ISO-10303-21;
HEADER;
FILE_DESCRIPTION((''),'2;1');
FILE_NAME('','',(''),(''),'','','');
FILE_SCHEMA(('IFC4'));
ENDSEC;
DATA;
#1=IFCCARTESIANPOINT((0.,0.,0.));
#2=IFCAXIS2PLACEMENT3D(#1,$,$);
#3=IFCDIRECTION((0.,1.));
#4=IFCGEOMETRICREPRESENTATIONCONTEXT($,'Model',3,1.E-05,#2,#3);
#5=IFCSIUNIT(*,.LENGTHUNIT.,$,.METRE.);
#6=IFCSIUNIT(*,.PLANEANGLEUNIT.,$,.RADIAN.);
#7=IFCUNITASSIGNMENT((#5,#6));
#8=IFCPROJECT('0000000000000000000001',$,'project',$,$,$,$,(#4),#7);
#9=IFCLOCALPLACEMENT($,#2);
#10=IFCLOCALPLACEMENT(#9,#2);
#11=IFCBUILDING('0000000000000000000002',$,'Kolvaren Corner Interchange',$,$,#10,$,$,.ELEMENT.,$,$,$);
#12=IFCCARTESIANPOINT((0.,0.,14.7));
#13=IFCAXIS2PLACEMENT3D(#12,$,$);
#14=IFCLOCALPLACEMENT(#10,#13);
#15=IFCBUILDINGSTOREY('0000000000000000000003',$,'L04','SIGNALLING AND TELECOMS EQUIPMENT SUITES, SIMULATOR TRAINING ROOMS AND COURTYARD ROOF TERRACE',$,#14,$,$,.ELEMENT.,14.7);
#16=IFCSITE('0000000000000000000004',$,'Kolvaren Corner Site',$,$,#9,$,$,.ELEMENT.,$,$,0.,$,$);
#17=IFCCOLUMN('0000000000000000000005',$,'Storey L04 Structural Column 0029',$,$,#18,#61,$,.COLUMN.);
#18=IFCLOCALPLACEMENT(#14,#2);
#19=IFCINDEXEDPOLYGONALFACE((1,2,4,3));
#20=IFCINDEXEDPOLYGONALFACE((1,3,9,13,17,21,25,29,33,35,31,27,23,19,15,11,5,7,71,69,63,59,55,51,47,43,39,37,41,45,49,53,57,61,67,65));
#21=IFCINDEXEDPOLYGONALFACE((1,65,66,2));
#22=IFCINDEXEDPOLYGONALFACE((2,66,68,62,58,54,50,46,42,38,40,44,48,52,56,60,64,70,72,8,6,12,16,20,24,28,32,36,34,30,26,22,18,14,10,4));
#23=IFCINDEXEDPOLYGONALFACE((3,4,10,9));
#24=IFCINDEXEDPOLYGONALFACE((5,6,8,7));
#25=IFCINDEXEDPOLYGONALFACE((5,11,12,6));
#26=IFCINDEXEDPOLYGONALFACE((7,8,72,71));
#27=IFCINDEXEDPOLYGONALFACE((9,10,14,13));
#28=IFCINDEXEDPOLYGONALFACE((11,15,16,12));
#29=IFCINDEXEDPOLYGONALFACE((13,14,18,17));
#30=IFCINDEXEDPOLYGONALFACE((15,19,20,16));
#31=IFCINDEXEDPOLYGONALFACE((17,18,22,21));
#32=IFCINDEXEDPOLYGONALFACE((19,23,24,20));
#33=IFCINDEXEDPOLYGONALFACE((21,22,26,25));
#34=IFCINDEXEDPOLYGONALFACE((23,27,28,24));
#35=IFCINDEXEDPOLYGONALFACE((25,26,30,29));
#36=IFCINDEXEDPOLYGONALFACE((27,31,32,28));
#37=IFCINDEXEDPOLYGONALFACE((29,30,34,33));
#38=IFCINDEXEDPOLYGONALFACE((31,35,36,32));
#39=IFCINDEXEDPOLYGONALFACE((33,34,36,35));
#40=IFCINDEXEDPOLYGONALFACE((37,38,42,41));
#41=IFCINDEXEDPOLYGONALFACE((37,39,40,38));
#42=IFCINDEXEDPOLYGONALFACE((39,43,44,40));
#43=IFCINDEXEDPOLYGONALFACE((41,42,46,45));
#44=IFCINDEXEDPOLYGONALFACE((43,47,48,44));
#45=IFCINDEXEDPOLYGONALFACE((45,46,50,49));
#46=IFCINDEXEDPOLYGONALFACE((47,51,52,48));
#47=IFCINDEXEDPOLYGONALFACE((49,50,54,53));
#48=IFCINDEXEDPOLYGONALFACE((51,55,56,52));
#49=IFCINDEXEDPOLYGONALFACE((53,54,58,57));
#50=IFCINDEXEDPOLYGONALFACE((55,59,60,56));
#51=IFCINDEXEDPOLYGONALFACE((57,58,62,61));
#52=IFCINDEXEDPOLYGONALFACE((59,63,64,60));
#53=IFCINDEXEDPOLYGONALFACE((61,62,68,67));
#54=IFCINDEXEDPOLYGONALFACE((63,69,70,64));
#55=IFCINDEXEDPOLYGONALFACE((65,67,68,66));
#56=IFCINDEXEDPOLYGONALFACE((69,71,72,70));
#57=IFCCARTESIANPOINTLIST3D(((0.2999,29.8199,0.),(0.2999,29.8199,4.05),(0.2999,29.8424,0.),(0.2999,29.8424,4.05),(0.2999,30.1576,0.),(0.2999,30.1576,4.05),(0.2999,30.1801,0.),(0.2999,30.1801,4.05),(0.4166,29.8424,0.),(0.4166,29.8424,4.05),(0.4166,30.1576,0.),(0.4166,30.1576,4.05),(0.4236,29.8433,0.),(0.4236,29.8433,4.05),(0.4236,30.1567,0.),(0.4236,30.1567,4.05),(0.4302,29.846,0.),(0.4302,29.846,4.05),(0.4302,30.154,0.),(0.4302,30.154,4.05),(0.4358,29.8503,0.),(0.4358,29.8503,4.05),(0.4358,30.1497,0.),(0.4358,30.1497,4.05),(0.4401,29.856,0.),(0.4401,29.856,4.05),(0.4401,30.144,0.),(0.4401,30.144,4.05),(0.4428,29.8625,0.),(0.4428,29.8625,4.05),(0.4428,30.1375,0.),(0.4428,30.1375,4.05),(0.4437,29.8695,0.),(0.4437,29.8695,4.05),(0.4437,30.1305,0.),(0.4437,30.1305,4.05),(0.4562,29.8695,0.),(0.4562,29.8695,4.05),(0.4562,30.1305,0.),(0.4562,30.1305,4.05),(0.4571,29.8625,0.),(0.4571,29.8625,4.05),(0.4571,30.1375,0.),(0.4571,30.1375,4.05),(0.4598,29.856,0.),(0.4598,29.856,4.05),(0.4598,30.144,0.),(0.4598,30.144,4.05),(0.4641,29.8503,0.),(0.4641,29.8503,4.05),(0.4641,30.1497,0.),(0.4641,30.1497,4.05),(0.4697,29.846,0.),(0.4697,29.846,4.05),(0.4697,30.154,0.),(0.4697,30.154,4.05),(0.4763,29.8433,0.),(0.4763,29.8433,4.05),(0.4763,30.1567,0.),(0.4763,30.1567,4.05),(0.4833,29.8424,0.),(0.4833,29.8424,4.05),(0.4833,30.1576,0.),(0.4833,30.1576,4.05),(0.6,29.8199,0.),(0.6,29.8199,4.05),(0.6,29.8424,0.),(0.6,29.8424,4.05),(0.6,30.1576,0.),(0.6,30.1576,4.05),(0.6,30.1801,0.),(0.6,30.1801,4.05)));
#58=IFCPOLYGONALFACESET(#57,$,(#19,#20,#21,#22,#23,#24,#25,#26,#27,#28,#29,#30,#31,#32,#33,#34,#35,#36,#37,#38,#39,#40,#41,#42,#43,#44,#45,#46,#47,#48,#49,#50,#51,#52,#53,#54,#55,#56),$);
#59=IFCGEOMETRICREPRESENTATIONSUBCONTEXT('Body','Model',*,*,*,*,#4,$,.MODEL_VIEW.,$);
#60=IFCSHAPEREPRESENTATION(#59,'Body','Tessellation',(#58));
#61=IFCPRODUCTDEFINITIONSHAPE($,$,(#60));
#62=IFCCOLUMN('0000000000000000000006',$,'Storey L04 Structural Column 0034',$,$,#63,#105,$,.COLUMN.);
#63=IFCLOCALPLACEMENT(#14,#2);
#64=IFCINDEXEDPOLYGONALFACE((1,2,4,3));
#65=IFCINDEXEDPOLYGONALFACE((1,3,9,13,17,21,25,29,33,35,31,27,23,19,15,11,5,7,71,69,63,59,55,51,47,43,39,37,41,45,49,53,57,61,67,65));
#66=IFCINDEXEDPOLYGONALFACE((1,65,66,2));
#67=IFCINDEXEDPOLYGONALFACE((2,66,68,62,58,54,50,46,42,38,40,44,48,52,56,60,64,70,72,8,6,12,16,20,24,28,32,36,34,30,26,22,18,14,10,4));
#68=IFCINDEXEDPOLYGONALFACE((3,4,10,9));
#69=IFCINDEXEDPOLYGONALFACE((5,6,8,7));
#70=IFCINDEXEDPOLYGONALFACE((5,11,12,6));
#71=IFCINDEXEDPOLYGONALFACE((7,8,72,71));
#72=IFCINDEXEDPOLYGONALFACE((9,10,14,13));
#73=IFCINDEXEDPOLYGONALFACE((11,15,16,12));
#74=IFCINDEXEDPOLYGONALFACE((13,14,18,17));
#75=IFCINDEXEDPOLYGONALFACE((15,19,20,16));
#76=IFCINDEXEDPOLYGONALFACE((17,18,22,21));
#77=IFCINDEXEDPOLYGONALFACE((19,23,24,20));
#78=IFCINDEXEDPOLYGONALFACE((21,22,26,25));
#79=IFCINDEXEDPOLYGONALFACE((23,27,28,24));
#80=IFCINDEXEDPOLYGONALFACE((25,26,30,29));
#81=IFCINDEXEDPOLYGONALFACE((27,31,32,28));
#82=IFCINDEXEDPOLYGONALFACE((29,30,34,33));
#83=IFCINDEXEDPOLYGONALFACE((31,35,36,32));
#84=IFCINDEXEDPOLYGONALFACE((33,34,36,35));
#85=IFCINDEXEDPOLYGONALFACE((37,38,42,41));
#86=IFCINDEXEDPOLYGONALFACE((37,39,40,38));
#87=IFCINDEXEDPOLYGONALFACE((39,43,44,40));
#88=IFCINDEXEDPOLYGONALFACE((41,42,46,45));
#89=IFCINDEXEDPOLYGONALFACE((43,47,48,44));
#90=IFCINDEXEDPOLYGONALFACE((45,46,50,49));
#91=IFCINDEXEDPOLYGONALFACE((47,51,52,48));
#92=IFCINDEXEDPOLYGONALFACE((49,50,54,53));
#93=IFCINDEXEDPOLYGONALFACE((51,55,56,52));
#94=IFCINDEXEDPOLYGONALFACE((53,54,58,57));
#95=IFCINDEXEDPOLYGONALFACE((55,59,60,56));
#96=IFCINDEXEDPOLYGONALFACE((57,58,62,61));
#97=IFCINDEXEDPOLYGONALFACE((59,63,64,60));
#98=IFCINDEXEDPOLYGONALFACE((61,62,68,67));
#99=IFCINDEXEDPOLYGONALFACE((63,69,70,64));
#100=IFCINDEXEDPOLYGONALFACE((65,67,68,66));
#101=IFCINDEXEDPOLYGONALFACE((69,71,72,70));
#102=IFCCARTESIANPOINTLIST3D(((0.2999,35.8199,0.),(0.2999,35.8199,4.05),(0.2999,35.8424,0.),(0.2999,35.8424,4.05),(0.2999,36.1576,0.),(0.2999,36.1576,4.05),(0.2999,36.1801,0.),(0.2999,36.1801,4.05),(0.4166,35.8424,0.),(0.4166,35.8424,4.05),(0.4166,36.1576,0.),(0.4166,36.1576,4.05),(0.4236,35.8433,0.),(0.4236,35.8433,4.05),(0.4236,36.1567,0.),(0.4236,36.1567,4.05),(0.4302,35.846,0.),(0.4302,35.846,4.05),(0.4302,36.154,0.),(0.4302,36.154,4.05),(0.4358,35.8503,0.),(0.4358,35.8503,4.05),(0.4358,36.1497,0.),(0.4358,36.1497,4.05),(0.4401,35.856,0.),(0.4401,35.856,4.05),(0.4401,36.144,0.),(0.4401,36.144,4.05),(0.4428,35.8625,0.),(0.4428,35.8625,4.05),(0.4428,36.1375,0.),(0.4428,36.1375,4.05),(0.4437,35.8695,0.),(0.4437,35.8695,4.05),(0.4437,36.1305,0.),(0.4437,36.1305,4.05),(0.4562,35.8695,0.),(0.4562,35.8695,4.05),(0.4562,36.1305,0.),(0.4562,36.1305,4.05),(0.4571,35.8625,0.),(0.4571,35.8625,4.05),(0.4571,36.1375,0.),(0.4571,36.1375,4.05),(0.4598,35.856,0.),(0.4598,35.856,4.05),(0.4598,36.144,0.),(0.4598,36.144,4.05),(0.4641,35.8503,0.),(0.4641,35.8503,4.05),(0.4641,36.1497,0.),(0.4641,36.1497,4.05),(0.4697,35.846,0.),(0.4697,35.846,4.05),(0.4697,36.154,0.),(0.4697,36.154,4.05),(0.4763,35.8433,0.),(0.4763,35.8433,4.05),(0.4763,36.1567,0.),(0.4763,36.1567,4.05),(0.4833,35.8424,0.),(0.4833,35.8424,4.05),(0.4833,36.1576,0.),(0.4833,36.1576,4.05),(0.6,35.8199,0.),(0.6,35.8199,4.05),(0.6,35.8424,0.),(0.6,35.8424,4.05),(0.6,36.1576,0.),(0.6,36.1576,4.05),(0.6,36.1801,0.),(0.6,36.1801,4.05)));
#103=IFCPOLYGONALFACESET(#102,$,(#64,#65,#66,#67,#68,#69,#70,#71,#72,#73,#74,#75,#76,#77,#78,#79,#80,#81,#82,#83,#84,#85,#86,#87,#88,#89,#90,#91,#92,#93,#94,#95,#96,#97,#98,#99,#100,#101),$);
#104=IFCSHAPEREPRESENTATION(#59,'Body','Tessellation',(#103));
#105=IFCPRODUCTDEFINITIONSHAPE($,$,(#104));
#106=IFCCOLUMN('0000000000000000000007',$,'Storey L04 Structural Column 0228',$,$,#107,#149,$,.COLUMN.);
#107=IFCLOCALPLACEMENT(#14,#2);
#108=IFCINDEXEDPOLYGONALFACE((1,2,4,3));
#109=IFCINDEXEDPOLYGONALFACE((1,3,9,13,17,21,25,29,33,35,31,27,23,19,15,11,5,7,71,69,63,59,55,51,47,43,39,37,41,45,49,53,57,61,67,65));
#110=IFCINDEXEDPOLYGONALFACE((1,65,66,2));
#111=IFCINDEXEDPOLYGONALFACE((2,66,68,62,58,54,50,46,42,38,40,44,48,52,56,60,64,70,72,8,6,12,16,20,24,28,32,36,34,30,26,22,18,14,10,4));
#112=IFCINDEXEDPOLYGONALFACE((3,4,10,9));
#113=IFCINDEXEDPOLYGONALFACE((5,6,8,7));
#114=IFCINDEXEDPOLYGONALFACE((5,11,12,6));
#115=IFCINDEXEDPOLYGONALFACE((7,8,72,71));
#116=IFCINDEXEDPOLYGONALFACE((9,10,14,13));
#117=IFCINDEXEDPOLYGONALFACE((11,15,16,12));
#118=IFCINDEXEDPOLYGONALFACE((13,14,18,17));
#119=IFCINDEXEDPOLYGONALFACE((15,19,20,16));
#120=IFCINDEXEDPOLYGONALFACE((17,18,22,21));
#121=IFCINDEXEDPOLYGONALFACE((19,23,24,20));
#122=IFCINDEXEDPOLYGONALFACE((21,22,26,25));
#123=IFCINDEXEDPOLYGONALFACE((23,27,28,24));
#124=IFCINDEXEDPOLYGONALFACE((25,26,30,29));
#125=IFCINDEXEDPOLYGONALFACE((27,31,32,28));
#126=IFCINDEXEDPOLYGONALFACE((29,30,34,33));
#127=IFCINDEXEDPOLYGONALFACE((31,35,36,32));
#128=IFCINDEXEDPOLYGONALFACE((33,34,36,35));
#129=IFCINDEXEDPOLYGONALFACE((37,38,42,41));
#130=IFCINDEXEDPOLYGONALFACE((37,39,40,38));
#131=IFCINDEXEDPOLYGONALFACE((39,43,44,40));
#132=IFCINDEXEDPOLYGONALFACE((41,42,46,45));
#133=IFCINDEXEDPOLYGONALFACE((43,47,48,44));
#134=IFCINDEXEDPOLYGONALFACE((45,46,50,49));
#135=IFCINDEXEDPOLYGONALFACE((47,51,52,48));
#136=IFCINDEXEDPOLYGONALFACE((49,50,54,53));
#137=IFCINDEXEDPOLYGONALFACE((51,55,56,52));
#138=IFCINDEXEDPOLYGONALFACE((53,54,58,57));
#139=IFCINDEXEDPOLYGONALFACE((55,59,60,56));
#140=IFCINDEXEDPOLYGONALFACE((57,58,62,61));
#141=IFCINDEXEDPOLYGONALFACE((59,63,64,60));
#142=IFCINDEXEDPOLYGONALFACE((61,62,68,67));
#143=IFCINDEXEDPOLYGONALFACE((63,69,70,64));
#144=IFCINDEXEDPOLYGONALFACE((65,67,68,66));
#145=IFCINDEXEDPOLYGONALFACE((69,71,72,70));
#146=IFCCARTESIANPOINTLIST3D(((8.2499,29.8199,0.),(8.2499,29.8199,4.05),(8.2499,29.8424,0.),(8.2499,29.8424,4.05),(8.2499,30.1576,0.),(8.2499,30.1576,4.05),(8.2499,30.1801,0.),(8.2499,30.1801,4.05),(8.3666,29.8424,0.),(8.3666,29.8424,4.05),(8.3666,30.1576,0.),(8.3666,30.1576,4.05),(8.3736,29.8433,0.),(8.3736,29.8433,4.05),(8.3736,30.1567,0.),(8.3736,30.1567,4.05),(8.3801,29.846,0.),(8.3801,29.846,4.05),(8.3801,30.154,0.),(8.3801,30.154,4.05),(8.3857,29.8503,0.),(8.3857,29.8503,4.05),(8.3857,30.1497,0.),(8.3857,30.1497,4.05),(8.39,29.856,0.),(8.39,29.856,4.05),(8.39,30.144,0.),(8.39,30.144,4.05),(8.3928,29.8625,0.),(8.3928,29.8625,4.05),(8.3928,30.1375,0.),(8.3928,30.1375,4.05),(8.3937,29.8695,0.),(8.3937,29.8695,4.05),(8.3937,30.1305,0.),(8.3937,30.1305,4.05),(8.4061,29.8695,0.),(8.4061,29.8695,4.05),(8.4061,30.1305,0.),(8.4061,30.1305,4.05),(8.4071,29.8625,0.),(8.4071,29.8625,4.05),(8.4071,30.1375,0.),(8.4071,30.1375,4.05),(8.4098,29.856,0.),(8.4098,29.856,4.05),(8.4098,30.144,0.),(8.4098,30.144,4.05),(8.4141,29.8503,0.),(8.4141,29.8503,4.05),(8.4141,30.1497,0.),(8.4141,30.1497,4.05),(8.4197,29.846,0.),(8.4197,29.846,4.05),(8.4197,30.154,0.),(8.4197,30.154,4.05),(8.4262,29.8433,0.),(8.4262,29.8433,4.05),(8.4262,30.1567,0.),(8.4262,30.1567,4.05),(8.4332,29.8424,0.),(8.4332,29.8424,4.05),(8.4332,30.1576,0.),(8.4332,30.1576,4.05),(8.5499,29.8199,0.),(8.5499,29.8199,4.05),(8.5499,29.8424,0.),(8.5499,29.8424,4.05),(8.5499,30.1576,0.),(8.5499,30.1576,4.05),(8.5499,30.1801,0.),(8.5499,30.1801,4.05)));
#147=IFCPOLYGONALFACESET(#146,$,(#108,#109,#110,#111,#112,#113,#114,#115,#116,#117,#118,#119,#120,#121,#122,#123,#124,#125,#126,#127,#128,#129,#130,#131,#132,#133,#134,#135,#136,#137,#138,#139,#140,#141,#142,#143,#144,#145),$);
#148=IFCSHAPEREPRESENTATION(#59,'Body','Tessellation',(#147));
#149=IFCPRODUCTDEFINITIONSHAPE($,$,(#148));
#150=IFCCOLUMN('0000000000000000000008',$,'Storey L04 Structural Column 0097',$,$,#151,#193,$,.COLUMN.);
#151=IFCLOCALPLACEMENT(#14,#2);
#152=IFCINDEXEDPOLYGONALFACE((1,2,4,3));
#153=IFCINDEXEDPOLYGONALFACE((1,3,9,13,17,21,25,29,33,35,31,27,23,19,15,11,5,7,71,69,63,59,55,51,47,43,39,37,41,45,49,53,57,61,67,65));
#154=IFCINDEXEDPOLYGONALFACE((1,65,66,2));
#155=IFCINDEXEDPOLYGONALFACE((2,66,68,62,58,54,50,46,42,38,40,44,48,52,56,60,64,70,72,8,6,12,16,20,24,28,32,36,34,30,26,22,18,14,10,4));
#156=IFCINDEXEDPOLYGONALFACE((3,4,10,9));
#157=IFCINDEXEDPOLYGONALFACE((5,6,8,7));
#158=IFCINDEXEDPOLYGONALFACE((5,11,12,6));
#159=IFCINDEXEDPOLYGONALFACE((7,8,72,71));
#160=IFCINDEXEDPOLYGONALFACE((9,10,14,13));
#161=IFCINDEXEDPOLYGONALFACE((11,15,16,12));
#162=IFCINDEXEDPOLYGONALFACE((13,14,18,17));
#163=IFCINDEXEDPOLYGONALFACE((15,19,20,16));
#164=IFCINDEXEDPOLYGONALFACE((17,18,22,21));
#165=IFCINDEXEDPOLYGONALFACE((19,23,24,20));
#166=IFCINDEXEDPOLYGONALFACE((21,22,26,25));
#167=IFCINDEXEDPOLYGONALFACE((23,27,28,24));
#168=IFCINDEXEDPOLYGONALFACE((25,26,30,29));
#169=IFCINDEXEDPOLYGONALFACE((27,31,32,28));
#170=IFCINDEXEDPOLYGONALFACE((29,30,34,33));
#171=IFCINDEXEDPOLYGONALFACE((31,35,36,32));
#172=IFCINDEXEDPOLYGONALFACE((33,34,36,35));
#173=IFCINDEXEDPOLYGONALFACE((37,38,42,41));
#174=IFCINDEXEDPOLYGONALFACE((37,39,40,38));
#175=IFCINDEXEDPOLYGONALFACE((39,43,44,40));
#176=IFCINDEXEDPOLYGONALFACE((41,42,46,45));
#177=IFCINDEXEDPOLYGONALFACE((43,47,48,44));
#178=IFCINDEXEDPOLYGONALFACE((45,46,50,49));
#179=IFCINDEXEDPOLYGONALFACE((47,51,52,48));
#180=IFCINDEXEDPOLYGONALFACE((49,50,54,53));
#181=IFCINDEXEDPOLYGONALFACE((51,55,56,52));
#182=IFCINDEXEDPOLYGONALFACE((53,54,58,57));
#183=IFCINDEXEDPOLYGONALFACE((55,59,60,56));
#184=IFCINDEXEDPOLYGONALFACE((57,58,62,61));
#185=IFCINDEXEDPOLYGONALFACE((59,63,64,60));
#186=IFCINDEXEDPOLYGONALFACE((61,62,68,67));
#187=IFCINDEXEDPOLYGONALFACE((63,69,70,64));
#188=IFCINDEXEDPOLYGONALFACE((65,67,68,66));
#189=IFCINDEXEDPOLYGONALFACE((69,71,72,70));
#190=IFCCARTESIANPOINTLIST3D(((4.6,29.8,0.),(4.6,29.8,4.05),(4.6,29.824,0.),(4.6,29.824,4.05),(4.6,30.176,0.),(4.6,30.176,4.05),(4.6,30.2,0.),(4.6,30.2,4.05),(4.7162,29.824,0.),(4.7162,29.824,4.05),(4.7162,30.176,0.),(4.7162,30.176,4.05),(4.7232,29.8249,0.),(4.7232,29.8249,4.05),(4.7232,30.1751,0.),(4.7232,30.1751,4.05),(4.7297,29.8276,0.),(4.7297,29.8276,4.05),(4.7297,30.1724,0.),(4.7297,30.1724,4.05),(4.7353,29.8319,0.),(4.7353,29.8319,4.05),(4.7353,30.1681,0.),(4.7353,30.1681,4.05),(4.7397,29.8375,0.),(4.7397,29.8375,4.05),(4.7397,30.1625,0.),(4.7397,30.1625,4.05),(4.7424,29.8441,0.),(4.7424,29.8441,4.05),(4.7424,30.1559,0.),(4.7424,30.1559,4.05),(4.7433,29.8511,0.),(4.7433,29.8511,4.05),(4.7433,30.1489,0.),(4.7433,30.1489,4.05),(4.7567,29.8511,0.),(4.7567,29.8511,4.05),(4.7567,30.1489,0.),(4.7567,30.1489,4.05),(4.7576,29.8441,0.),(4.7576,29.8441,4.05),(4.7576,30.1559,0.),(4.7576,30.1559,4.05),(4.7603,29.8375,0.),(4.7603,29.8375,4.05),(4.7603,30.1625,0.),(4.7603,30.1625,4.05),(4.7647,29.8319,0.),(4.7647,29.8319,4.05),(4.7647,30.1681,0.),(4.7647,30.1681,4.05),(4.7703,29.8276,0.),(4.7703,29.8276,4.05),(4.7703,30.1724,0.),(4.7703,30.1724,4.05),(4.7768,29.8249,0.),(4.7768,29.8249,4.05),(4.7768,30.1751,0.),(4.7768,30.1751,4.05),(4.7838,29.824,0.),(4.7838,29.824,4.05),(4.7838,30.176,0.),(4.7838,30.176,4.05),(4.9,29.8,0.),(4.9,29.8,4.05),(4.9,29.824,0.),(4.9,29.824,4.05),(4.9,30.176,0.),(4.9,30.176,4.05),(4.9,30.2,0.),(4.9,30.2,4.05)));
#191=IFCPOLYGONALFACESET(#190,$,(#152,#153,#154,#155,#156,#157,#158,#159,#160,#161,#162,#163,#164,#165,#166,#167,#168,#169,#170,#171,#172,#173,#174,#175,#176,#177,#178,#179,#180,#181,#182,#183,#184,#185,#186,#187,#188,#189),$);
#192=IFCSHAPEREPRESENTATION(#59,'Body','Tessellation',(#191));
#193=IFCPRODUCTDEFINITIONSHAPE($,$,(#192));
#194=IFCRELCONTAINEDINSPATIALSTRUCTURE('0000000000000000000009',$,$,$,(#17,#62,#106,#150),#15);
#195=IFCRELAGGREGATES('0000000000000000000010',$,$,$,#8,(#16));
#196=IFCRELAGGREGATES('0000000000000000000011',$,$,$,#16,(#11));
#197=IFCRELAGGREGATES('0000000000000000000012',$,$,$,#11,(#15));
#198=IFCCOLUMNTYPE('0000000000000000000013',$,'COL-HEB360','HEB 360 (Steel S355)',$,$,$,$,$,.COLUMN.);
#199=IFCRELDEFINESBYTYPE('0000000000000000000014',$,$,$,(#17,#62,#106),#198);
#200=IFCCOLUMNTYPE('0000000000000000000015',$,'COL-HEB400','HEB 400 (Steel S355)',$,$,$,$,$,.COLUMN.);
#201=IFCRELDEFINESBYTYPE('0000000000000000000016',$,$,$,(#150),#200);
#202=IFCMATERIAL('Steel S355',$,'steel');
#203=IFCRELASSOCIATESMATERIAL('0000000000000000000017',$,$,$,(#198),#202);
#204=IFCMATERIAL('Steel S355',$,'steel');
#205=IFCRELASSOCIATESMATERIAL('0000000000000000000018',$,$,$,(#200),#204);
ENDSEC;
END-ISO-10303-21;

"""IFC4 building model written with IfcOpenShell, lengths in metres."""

from ifc_helpers import new_model, si_unit, direction, frame, origin, origin_2d, place, context, subcontext, project, spatial, i_section, extrude, material, material_profile, profile_set, type_object, element, save


model = new_model("IFC4")

# Units and contexts
model_context = context("Model", 3, precision=1e-05, world=origin(), true_north=direction((0.0, 1.0)))
body_context = subcontext(model_context, "Body", "Model", "MODEL_VIEW")
ifc_project = project(units=[si_unit("LENGTHUNIT", "METRE"), si_unit("PLANEANGLEUNIT", "RADIAN")], contexts=[model_context])

# Site, building, storey
site_placement = place(None, origin())
site = spatial("IfcSite", under=ifc_project, at=site_placement, Name="Kolvaren Corner Site", CompositionType="ELEMENT", RefElevation=0.0)
building_placement = place(site_placement, origin())
building = spatial("IfcBuilding", under=site, at=building_placement, Name="Kolvaren Corner Interchange", CompositionType="ELEMENT")
storey_placement = place(building_placement, frame((0.0, 0.0, 14.7)))
storey = spatial("IfcBuildingStorey", under=building, at=storey_placement, Name="L04", Description="SIGNALLING AND TELECOMS EQUIPMENT SUITES, SIMULATOR TRAINING ROOMS AND COURTYARD ROOF TERRACE", CompositionType="ELEMENT", Elevation=14.7)

# Columns
ifc_material_1 = material(Name="Steel S355", Category="steel")
ifc_material_profile_1 = material_profile(ifc_material_1, i_section(OverallWidth=0.3, OverallDepth=0.3601, WebThickness=0.0125, FlangeThickness=0.0225, FilletRadius=0.0271, at=origin_2d()), Name="HEB 360")
ifc_profile_set_1 = profile_set([ifc_material_profile_1], Name="Steel S355")
column_type_1 = type_object("IfcColumnType", Name="COL-HEB360", Description="HEB 360 (Steel S355)", PredefinedType="COLUMN", material=ifc_profile_set_1)
for number, where, z_axis, x_axis, name in (
    (1, (0.45, 30.0, 0.0), (0.0, 0.0, 1.0), (1.0, 0.0, 0.0), "Storey L04 Structural Column 0029"),
    (2, (0.45, 36.0, 0.0), (0.0, 0.0, 1.0), (1.0, 0.0, 0.0), "Storey L04 Structural Column 0034"),
    (3, (8.3999, 30.0, 0.0), (0.0, 0.0, 1.0), (1.0, 0.0, 0.0), "Storey L04 Structural Column 0228"),
):
    element("IfcColumn", number, at=place(storey_placement, frame(where, z_axis=z_axis, x_axis=x_axis)), inside=storey, type_object=column_type_1, Name=name, PredefinedType="COLUMN", context=body_context, shape_type="SweptSolid", body=[
        extrude(i_section(OverallWidth=0.3, OverallDepth=0.3601, WebThickness=0.0125, FlangeThickness=0.0225, FilletRadius=0.0271, at=origin_2d()), origin(), (0.0, 0.0, 1.0), 4.05),
    ])
ifc_material_2 = material(Name="Steel S355", Category="steel")
ifc_material_profile_2 = material_profile(ifc_material_2, i_section(OverallWidth=0.3, OverallDepth=0.3999, WebThickness=0.0134, FlangeThickness=0.0239, FilletRadius=0.0271, at=origin_2d()), Name="HEB 400")
ifc_profile_set_2 = profile_set([ifc_material_profile_2], Name="Steel S355")
column_type_2 = type_object("IfcColumnType", Name="COL-HEB400", Description="HEB 400 (Steel S355)", PredefinedType="COLUMN", material=ifc_profile_set_2)
column_placement = place(storey_placement, frame((4.75, 30.0, 0.0), z_axis=(0.0, 0.0, 1.0), x_axis=(1.0, 0.0, 0.0)))
element("IfcColumn", 4, at=column_placement, inside=storey, type_object=column_type_2, Name="Storey L04 Structural Column 0097", PredefinedType="COLUMN", context=body_context, shape_type="SweptSolid", body=[
    extrude(i_section(OverallWidth=0.3, OverallDepth=0.3999, WebThickness=0.0134, FlangeThickness=0.0239, FilletRadius=0.0271, at=origin_2d()), origin(), (0.0, 0.0, 1.0), 4.05),
])

save(model, "model.ifc")
